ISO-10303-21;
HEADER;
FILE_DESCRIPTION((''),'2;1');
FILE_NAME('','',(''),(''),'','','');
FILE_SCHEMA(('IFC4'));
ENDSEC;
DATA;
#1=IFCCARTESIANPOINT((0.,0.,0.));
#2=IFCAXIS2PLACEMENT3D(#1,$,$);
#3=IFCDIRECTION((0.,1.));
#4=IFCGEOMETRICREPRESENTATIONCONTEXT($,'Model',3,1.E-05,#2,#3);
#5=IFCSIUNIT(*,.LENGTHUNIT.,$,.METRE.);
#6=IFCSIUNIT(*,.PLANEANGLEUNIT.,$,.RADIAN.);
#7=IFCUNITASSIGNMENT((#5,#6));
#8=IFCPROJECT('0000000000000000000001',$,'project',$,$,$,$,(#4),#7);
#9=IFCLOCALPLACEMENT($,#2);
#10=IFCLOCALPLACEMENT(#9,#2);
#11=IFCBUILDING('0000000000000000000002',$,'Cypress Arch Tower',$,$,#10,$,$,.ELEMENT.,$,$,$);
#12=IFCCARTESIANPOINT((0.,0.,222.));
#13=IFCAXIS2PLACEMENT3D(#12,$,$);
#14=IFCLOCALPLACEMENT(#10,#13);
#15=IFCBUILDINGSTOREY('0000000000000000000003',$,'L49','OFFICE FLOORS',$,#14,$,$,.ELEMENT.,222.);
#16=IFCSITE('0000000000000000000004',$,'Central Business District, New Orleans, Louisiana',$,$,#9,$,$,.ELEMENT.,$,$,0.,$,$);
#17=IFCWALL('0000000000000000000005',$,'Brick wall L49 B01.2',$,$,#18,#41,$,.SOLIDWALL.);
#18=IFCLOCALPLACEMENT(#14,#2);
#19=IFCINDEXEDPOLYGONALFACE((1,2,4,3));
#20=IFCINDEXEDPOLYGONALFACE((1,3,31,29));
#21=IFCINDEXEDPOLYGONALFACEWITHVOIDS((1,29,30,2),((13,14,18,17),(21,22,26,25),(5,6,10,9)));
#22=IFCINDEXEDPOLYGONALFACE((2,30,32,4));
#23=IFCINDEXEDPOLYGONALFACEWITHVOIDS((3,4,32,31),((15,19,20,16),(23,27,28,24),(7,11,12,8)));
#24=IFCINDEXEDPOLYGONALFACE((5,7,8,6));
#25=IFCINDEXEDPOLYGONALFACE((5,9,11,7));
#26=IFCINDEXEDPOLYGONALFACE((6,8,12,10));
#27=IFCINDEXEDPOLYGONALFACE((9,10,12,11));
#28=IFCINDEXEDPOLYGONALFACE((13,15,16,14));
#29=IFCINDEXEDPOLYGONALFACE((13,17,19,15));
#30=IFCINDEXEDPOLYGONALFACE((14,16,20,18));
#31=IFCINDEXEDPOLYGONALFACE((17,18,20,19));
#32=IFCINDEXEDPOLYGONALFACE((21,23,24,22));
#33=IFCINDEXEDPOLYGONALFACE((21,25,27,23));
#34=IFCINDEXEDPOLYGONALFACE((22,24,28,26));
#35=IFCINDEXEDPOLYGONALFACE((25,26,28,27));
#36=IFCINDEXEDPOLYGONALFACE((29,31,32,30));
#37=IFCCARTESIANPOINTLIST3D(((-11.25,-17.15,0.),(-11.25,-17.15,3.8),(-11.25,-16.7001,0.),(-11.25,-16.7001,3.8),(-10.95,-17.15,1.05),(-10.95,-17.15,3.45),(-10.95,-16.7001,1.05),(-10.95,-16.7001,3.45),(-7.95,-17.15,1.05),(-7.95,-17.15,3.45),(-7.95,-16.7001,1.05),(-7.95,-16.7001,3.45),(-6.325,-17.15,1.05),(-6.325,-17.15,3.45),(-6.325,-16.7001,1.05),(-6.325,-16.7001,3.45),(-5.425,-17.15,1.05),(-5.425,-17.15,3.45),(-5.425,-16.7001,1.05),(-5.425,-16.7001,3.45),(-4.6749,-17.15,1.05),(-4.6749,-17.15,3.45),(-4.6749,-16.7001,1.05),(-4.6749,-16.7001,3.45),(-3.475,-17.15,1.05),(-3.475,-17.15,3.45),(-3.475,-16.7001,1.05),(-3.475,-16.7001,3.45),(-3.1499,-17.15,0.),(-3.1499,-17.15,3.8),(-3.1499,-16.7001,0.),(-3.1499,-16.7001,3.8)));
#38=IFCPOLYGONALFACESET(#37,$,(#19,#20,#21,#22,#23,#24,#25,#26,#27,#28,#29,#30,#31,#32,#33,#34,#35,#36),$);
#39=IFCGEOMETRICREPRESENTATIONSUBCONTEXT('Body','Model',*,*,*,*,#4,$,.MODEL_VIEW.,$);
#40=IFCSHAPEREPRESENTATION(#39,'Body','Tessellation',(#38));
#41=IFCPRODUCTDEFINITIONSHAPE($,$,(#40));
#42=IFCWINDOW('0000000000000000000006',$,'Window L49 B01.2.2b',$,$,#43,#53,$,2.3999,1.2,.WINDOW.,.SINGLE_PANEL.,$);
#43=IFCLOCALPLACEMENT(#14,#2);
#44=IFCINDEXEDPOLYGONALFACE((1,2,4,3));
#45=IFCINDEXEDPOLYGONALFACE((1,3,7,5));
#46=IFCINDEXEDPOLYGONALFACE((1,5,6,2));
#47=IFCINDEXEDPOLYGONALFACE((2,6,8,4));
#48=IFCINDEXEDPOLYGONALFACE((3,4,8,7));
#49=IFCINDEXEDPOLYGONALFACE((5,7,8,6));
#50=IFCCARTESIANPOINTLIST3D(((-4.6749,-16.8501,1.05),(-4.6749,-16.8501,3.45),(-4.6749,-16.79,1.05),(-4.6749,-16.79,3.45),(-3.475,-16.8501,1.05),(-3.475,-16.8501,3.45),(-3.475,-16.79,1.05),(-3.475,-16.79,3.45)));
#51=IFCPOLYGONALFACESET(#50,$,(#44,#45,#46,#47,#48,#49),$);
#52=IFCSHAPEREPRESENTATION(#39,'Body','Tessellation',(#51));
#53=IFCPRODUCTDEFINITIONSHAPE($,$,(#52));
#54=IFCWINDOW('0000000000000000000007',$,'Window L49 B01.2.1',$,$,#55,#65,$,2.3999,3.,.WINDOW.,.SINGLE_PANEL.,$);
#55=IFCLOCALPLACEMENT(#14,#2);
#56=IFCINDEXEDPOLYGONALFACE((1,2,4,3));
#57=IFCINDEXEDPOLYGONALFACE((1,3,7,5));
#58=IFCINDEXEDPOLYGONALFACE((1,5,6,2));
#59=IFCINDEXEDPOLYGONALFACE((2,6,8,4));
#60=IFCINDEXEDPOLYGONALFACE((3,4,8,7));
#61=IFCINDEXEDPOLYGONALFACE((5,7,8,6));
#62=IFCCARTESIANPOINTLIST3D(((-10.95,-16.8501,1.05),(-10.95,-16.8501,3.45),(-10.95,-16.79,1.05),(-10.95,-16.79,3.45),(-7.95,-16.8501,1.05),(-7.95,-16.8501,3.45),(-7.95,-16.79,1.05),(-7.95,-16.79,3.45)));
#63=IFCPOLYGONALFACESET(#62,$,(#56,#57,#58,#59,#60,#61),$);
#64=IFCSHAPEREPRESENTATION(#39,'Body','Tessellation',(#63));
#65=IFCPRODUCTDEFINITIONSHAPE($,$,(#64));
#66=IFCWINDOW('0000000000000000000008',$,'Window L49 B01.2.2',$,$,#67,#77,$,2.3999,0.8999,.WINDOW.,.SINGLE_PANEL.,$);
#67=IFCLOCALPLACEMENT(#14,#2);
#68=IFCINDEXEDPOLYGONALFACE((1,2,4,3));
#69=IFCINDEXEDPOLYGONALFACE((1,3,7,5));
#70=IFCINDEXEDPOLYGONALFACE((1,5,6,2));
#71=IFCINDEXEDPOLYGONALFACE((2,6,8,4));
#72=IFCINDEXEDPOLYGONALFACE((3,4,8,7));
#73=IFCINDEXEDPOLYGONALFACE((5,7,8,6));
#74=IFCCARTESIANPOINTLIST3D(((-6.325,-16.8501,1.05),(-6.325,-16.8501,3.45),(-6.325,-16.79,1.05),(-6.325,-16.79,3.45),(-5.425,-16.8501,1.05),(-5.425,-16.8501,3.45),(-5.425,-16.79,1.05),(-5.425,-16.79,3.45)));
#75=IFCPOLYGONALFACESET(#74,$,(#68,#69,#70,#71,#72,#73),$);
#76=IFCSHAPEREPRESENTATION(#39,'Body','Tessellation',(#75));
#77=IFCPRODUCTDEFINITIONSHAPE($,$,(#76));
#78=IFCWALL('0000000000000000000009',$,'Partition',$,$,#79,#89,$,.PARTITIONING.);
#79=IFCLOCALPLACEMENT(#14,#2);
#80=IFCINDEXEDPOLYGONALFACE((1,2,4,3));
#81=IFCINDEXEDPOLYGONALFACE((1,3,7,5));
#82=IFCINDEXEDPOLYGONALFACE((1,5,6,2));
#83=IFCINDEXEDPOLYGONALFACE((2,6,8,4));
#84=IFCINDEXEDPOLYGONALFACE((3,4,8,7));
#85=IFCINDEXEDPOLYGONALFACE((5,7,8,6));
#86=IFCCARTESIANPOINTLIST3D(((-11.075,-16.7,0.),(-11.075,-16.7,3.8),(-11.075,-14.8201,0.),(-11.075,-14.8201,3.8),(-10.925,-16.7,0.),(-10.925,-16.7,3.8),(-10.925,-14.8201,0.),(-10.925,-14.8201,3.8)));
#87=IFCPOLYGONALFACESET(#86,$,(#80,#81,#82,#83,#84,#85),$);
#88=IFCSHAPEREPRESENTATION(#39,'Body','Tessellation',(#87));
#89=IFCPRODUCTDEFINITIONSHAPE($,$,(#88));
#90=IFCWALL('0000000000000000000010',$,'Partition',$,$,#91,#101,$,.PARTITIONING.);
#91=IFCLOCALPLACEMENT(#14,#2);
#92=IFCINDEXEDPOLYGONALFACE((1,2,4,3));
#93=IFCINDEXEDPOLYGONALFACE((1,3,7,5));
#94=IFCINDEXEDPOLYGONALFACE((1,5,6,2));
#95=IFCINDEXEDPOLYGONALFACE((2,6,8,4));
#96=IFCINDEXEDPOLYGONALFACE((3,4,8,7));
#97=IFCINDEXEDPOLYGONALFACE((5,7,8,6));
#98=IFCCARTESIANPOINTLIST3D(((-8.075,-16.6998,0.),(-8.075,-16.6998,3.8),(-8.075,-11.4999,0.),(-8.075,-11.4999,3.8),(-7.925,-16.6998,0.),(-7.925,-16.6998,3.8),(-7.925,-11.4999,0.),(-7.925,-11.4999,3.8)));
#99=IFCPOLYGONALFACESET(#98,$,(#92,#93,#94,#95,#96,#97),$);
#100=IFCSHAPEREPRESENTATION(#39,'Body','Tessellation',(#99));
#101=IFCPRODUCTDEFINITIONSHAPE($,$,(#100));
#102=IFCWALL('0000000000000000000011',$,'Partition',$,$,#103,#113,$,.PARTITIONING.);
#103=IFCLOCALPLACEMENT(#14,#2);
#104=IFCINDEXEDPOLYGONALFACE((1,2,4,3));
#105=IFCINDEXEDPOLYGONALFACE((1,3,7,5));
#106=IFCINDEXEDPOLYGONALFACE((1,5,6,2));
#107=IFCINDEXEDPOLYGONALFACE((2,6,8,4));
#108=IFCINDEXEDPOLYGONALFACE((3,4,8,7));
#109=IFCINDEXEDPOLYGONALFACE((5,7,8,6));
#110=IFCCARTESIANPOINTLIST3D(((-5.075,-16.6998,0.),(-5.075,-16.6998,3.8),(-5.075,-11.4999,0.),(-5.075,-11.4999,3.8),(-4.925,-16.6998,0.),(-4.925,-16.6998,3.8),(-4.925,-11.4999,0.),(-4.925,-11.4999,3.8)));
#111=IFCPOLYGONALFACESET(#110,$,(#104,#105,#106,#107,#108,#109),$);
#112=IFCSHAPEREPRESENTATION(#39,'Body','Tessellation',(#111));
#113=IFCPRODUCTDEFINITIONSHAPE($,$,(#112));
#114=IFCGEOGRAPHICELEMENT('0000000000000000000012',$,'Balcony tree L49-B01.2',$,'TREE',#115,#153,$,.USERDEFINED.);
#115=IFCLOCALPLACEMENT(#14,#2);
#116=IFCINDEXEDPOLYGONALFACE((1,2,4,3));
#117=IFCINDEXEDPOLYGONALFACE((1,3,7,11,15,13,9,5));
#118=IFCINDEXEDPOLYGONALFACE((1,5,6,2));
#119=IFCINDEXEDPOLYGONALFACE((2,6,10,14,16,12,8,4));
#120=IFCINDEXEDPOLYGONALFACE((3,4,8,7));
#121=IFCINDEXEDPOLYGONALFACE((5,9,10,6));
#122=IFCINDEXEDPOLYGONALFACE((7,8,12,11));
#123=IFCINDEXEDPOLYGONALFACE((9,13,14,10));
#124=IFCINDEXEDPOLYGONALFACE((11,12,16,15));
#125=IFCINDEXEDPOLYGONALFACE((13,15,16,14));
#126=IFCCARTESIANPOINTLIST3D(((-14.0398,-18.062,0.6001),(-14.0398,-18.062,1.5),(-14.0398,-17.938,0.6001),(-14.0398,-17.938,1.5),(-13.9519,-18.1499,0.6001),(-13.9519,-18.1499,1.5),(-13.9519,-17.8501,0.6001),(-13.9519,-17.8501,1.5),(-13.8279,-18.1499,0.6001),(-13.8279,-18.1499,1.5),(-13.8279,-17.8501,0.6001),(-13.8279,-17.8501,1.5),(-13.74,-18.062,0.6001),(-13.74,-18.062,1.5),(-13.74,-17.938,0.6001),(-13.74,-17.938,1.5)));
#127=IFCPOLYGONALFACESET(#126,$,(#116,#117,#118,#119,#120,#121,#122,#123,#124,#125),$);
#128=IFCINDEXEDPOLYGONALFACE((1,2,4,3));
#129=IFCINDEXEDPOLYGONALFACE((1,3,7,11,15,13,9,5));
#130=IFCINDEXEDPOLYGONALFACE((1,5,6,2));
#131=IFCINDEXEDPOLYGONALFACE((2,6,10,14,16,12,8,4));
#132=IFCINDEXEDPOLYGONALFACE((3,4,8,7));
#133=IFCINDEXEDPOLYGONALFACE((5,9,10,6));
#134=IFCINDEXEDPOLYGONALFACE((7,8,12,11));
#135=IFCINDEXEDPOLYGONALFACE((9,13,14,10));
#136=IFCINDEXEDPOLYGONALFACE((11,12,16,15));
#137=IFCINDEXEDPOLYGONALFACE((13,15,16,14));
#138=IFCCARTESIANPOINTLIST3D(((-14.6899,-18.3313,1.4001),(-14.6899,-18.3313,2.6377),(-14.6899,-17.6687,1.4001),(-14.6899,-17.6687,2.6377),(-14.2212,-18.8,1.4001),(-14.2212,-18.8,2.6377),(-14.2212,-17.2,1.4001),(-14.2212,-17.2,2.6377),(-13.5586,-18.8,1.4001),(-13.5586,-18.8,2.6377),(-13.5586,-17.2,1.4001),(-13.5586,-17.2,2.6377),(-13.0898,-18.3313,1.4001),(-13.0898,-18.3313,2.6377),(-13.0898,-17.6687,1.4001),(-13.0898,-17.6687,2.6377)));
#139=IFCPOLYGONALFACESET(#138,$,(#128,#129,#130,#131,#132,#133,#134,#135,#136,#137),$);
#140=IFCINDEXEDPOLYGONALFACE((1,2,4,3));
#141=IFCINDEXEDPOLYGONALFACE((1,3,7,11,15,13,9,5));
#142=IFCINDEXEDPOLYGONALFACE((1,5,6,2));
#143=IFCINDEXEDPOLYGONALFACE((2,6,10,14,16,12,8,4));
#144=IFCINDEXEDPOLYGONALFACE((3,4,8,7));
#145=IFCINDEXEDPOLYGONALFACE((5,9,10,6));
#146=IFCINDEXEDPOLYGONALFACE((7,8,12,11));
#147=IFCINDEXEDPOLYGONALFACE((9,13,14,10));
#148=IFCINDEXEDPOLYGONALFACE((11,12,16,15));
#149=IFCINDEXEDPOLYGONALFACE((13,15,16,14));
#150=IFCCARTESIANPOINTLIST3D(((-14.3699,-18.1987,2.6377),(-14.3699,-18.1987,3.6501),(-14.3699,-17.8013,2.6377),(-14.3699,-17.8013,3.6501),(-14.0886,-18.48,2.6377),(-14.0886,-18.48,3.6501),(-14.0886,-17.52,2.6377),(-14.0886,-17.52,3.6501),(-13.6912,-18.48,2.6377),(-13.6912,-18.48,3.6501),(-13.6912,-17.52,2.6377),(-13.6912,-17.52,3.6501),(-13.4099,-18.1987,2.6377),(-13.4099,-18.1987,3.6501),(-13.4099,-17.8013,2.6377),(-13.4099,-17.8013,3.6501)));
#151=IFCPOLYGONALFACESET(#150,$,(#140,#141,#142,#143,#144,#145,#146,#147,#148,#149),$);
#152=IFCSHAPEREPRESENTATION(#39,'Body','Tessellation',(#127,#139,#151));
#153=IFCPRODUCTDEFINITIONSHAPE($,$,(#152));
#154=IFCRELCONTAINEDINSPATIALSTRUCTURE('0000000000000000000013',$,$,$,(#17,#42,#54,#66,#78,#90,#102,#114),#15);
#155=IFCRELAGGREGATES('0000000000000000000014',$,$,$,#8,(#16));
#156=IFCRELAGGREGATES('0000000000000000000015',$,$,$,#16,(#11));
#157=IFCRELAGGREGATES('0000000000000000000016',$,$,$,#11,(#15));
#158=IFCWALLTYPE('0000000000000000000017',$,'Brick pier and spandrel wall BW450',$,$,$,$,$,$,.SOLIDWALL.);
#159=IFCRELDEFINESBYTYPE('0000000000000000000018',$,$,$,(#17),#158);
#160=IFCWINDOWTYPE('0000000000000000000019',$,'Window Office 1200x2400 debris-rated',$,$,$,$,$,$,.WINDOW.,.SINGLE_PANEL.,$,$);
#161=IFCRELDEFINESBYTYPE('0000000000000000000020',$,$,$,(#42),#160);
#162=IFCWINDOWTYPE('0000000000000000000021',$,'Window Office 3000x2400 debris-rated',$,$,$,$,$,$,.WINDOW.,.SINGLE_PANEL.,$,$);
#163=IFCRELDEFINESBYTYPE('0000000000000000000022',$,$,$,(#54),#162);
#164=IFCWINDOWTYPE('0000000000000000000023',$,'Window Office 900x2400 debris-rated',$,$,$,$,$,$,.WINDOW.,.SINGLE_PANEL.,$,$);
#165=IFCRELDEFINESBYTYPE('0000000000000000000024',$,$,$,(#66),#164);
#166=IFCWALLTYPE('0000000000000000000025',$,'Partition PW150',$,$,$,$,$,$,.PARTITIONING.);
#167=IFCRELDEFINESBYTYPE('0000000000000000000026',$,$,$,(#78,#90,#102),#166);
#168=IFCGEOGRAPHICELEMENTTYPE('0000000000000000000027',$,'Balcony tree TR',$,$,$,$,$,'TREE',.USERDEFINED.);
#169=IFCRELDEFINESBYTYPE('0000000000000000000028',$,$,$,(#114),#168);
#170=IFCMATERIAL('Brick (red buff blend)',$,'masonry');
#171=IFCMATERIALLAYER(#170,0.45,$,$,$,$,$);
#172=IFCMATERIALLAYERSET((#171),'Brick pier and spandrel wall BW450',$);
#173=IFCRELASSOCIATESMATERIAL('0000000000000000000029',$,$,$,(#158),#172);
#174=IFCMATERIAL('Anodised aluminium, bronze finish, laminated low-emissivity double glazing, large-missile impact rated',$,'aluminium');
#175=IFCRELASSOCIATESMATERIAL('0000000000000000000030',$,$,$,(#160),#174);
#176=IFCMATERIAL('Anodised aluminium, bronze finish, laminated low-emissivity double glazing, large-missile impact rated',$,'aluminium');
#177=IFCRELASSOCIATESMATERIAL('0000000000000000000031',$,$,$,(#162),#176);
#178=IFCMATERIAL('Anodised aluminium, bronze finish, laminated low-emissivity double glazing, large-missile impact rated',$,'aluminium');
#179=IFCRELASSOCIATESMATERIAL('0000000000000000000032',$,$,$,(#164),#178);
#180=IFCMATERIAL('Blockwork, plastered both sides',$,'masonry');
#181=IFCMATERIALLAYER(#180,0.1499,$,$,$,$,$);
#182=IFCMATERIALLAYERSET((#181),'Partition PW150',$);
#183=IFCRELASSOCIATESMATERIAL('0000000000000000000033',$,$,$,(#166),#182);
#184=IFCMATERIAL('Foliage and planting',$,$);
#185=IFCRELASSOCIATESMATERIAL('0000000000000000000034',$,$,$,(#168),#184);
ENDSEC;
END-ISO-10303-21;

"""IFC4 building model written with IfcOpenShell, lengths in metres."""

from ifc_helpers import new_model, si_unit, direction, frame, frame_2d, origin, place, context, subcontext, project, spatial, polyline, rectangle, outline, extrude, material, layer, layer_set, type_object, element, fill, save


model = new_model("IFC4")

# Units and contexts
model_context = context("Model", 3, precision=1e-05, world=origin(), true_north=direction((0.0, 1.0)))
body_context = subcontext(model_context, "Body", "Model", "MODEL_VIEW")
ifc_project = project(units=[si_unit("LENGTHUNIT", "METRE"), si_unit("PLANEANGLEUNIT", "RADIAN")], contexts=[model_context])

# Site, building, storey
site_placement = place(None, origin())
site = spatial("IfcSite", under=ifc_project, at=site_placement, Name="Central Business District, New Orleans, Louisiana", CompositionType="ELEMENT", RefElevation=0.0)
building_placement = place(site_placement, origin())
building = spatial("IfcBuilding", under=site, at=building_placement, Name="Cypress Arch Tower", CompositionType="ELEMENT")
storey_placement = place(building_placement, frame((0.0, 0.0, 222.0)))
storey = spatial("IfcBuildingStorey", under=building, at=storey_placement, Name="L49", Description="OFFICE FLOORS", CompositionType="ELEMENT", Elevation=222.0)

# Wall, openings, windows
ifc_material_1 = material(Name="Brick (red buff blend)", Category="masonry")
ifc_layer_1 = layer(ifc_material_1, 0.45)
ifc_layer_set_1 = layer_set([ifc_layer_1], Name="Brick pier and spandrel wall BW450")
wall_type_1 = type_object("IfcWallType", Name="Brick pier and spandrel wall BW450", PredefinedType="SOLIDWALL", material=ifc_layer_set_1)
wall_1_placement = place(storey_placement, frame((-11.25, -16.925, 0.0), z_axis=(0.0, 0.0, 1.0), x_axis=(1.0, 0.0, 0.0)))
wall_1 = element("IfcWall", 1, at=wall_1_placement, inside=storey, type_object=wall_type_1, Name="Brick wall L49 B01.2", PredefinedType="SOLIDWALL", context=body_context, shape_type="SweptSolid", body=[
    extrude(rectangle(XDim=8.1001, YDim=0.45, at=frame_2d((4.05, 0.0))), origin(), (0.0, 0.0, 1.0), 3.8),
])
opening_1_placement = place(wall_1_placement, frame((0.3, 0.0, 1.05)))
opening_1 = element("IfcOpeningElement", 2, at=opening_1_placement, cuts=wall_1, PredefinedType="OPENING", context=body_context, shape_type="SweptSolid", body=[
    extrude(rectangle(XDim=3.0, YDim=2.3999, at=frame_2d((1.5, 1.2))), frame((0.0, 0.2349, 0.0), z_axis=(0.0, -1.0, 0.0), x_axis=(1.0, 0.0, 0.0)), (0.0, 0.0, 1.0), 0.47),
])
opening_2_placement = place(wall_1_placement, frame((4.925, 0.0, 1.05)))
opening_2 = element("IfcOpeningElement", 3, at=opening_2_placement, cuts=wall_1, PredefinedType="OPENING", context=body_context, shape_type="SweptSolid", body=[
    extrude(rectangle(XDim=0.8999, YDim=2.3999, at=frame_2d((0.45, 1.2))), frame((0.0, 0.2349, 0.0), z_axis=(0.0, -1.0, 0.0), x_axis=(1.0, 0.0, 0.0)), (0.0, 0.0, 1.0), 0.47),
])
opening_3_placement = place(wall_1_placement, frame((6.575, 0.0, 1.05)))
opening_3 = element("IfcOpeningElement", 4, at=opening_3_placement, cuts=wall_1, PredefinedType="OPENING", context=body_context, shape_type="SweptSolid", body=[
    extrude(rectangle(XDim=1.2, YDim=2.3999, at=frame_2d((0.6001, 1.2))), frame((0.0, 0.2349, 0.0), z_axis=(0.0, -1.0, 0.0), x_axis=(1.0, 0.0, 0.0)), (0.0, 0.0, 1.0), 0.47),
])
ifc_material_2 = material(Name="Anodised aluminium, bronze finish, laminated low-emissivity double glazing, large-missile impact rated", Category="aluminium")
window_type_1 = type_object("IfcWindowType", Name="Window Office 1200x2400 debris-rated", PartitioningType="SINGLE_PANEL", PredefinedType="WINDOW", material=ifc_material_2)
window_1_placement = place(opening_3_placement, origin())
window_1 = element("IfcWindow", 5, at=window_1_placement, inside=storey, type_object=window_type_1, Name="Window L49 B01.2.2b", OverallHeight=2.3999, OverallWidth=1.2, PartitioningType="SINGLE_PANEL", PredefinedType="WINDOW", context=body_context, shape_type="SweptSolid", body=[
    extrude(rectangle(XDim=1.2, YDim=2.3999, at=frame_2d((0.6001, 1.2))), frame((0.0, 0.135, 0.0), z_axis=(0.0, -1.0, 0.0), x_axis=(1.0, 0.0, 0.0)), (0.0, 0.0, 1.0), 0.0601),
])
fill(opening_3, window_1)
ifc_material_3 = material(Name="Anodised aluminium, bronze finish, laminated low-emissivity double glazing, large-missile impact rated", Category="aluminium")
window_type_2 = type_object("IfcWindowType", Name="Window Office 3000x2400 debris-rated", PartitioningType="SINGLE_PANEL", PredefinedType="WINDOW", material=ifc_material_3)
window_2_placement = place(opening_1_placement, origin())
window_2 = element("IfcWindow", 6, at=window_2_placement, inside=storey, type_object=window_type_2, Name="Window L49 B01.2.1", OverallHeight=2.3999, OverallWidth=3.0, PartitioningType="SINGLE_PANEL", PredefinedType="WINDOW", context=body_context, shape_type="SweptSolid", body=[
    extrude(rectangle(XDim=3.0, YDim=2.3999, at=frame_2d((1.5, 1.2))), frame((0.0, 0.135, 0.0), z_axis=(0.0, -1.0, 0.0), x_axis=(1.0, 0.0, 0.0)), (0.0, 0.0, 1.0), 0.0601),
])
fill(opening_1, window_2)
ifc_material_4 = material(Name="Anodised aluminium, bronze finish, laminated low-emissivity double glazing, large-missile impact rated", Category="aluminium")
window_type_3 = type_object("IfcWindowType", Name="Window Office 900x2400 debris-rated", PartitioningType="SINGLE_PANEL", PredefinedType="WINDOW", material=ifc_material_4)
window_3_placement = place(opening_2_placement, origin())
window_3 = element("IfcWindow", 7, at=window_3_placement, inside=storey, type_object=window_type_3, Name="Window L49 B01.2.2", OverallHeight=2.3999, OverallWidth=0.8999, PartitioningType="SINGLE_PANEL", PredefinedType="WINDOW", context=body_context, shape_type="SweptSolid", body=[
    extrude(rectangle(XDim=0.8999, YDim=2.3999, at=frame_2d((0.45, 1.2))), frame((0.0, 0.135, 0.0), z_axis=(0.0, -1.0, 0.0), x_axis=(1.0, 0.0, 0.0)), (0.0, 0.0, 1.0), 0.0601),
])
fill(opening_2, window_3)

# Walls
ifc_material_5 = material(Name="Blockwork, plastered both sides", Category="masonry")
ifc_layer_2 = layer(ifc_material_5, 0.1499)
ifc_layer_set_2 = layer_set([ifc_layer_2], Name="Partition PW150")
wall_type_2 = type_object("IfcWallType", Name="Partition PW150", PredefinedType="PARTITIONING", material=ifc_layer_set_2)
wall_2_placement = place(storey_placement, frame((-11.0, -16.7, 0.0), z_axis=(0.0, 0.0, 1.0), x_axis=(0.0, 1.0, 0.0)))
element("IfcWall", 8, at=wall_2_placement, inside=storey, type_object=wall_type_2, Name="Partition", PredefinedType="PARTITIONING", context=body_context, shape_type="SweptSolid", body=[
    extrude(rectangle(XDim=1.8799, YDim=0.1499, at=frame_2d((0.9399, 0.0))), origin(), (0.0, 0.0, 1.0), 3.8),
])
for number, where, z_axis, x_axis, name in (
    (9, (-8.0, -16.7, 0.0), (0.0, 0.0, 1.0), (0.0, 1.0, 0.0), "Partition"),
    (10, (-5.0, -16.7, 0.0), (0.0, 0.0, 1.0), (0.0, 1.0, 0.0), "Partition"),
):
    element("IfcWall", number, at=place(storey_placement, frame(where, z_axis=z_axis, x_axis=x_axis)), inside=storey, type_object=wall_type_2, Name=name, PredefinedType="PARTITIONING", context=body_context, shape_type="SweptSolid", body=[
        extrude(rectangle(XDim=5.2, YDim=0.1499, at=frame_2d((2.6001, 0.0))), origin(), (0.0, 0.0, 1.0), 3.8),
    ])

# Geographic element
ifc_material_6 = material(Name="Foliage and planting")
geographic_element_type = type_object("IfcGeographicElementType", Name="Balcony tree TR", ElementType="TREE", PredefinedType="USERDEFINED", material=ifc_material_6)
for number, where, z_axis, x_axis, name in (
    (11, (-13.8899, -18.0, 0.6001), (0.0, 0.0, 1.0), (1.0, 0.0, 0.0), "Balcony tree L49-B01.2"),
):
    element("IfcGeographicElement", number, at=place(storey_placement, frame(where, z_axis=z_axis, x_axis=x_axis)), inside=storey, type_object=geographic_element_type, Name=name, ObjectType="TREE", PredefinedType="USERDEFINED", context=body_context, shape_type="SweptSolid", body=[
        extrude(outline(polyline([(0.1499, 0.062), (0.062, 0.1499), (-0.062, 0.1499), (-0.1499, 0.062), (-0.1499, -0.062), (-0.062, -0.1499), (0.062, -0.1499), (0.1499, -0.062), (0.1499, 0.062)])), origin(), (0.0, 0.0, 1.0), 0.8999),
        extrude(outline(polyline([(0.8, 0.3313), (0.3313, 0.8), (-0.3313, 0.8), (-0.8, 0.3313), (-0.8, -0.3313), (-0.3313, -0.8), (0.3313, -0.8), (0.8, -0.3313), (0.8, 0.3313)])), frame((0.0, 0.0, 0.8)), (0.0, 0.0, 1.0), 1.2375),
        extrude(outline(polyline([(0.48, 0.1987), (0.1987, 0.48), (-0.1987, 0.48), (-0.48, 0.1987), (-0.48, -0.1987), (-0.1987, -0.48), (0.1987, -0.48), (0.48, -0.1987), (0.48, 0.1987)])), frame((0.0, 0.0, 2.0376)), (0.0, 0.0, 1.0), 1.0125),
    ])

save(model, "model.ifc")
